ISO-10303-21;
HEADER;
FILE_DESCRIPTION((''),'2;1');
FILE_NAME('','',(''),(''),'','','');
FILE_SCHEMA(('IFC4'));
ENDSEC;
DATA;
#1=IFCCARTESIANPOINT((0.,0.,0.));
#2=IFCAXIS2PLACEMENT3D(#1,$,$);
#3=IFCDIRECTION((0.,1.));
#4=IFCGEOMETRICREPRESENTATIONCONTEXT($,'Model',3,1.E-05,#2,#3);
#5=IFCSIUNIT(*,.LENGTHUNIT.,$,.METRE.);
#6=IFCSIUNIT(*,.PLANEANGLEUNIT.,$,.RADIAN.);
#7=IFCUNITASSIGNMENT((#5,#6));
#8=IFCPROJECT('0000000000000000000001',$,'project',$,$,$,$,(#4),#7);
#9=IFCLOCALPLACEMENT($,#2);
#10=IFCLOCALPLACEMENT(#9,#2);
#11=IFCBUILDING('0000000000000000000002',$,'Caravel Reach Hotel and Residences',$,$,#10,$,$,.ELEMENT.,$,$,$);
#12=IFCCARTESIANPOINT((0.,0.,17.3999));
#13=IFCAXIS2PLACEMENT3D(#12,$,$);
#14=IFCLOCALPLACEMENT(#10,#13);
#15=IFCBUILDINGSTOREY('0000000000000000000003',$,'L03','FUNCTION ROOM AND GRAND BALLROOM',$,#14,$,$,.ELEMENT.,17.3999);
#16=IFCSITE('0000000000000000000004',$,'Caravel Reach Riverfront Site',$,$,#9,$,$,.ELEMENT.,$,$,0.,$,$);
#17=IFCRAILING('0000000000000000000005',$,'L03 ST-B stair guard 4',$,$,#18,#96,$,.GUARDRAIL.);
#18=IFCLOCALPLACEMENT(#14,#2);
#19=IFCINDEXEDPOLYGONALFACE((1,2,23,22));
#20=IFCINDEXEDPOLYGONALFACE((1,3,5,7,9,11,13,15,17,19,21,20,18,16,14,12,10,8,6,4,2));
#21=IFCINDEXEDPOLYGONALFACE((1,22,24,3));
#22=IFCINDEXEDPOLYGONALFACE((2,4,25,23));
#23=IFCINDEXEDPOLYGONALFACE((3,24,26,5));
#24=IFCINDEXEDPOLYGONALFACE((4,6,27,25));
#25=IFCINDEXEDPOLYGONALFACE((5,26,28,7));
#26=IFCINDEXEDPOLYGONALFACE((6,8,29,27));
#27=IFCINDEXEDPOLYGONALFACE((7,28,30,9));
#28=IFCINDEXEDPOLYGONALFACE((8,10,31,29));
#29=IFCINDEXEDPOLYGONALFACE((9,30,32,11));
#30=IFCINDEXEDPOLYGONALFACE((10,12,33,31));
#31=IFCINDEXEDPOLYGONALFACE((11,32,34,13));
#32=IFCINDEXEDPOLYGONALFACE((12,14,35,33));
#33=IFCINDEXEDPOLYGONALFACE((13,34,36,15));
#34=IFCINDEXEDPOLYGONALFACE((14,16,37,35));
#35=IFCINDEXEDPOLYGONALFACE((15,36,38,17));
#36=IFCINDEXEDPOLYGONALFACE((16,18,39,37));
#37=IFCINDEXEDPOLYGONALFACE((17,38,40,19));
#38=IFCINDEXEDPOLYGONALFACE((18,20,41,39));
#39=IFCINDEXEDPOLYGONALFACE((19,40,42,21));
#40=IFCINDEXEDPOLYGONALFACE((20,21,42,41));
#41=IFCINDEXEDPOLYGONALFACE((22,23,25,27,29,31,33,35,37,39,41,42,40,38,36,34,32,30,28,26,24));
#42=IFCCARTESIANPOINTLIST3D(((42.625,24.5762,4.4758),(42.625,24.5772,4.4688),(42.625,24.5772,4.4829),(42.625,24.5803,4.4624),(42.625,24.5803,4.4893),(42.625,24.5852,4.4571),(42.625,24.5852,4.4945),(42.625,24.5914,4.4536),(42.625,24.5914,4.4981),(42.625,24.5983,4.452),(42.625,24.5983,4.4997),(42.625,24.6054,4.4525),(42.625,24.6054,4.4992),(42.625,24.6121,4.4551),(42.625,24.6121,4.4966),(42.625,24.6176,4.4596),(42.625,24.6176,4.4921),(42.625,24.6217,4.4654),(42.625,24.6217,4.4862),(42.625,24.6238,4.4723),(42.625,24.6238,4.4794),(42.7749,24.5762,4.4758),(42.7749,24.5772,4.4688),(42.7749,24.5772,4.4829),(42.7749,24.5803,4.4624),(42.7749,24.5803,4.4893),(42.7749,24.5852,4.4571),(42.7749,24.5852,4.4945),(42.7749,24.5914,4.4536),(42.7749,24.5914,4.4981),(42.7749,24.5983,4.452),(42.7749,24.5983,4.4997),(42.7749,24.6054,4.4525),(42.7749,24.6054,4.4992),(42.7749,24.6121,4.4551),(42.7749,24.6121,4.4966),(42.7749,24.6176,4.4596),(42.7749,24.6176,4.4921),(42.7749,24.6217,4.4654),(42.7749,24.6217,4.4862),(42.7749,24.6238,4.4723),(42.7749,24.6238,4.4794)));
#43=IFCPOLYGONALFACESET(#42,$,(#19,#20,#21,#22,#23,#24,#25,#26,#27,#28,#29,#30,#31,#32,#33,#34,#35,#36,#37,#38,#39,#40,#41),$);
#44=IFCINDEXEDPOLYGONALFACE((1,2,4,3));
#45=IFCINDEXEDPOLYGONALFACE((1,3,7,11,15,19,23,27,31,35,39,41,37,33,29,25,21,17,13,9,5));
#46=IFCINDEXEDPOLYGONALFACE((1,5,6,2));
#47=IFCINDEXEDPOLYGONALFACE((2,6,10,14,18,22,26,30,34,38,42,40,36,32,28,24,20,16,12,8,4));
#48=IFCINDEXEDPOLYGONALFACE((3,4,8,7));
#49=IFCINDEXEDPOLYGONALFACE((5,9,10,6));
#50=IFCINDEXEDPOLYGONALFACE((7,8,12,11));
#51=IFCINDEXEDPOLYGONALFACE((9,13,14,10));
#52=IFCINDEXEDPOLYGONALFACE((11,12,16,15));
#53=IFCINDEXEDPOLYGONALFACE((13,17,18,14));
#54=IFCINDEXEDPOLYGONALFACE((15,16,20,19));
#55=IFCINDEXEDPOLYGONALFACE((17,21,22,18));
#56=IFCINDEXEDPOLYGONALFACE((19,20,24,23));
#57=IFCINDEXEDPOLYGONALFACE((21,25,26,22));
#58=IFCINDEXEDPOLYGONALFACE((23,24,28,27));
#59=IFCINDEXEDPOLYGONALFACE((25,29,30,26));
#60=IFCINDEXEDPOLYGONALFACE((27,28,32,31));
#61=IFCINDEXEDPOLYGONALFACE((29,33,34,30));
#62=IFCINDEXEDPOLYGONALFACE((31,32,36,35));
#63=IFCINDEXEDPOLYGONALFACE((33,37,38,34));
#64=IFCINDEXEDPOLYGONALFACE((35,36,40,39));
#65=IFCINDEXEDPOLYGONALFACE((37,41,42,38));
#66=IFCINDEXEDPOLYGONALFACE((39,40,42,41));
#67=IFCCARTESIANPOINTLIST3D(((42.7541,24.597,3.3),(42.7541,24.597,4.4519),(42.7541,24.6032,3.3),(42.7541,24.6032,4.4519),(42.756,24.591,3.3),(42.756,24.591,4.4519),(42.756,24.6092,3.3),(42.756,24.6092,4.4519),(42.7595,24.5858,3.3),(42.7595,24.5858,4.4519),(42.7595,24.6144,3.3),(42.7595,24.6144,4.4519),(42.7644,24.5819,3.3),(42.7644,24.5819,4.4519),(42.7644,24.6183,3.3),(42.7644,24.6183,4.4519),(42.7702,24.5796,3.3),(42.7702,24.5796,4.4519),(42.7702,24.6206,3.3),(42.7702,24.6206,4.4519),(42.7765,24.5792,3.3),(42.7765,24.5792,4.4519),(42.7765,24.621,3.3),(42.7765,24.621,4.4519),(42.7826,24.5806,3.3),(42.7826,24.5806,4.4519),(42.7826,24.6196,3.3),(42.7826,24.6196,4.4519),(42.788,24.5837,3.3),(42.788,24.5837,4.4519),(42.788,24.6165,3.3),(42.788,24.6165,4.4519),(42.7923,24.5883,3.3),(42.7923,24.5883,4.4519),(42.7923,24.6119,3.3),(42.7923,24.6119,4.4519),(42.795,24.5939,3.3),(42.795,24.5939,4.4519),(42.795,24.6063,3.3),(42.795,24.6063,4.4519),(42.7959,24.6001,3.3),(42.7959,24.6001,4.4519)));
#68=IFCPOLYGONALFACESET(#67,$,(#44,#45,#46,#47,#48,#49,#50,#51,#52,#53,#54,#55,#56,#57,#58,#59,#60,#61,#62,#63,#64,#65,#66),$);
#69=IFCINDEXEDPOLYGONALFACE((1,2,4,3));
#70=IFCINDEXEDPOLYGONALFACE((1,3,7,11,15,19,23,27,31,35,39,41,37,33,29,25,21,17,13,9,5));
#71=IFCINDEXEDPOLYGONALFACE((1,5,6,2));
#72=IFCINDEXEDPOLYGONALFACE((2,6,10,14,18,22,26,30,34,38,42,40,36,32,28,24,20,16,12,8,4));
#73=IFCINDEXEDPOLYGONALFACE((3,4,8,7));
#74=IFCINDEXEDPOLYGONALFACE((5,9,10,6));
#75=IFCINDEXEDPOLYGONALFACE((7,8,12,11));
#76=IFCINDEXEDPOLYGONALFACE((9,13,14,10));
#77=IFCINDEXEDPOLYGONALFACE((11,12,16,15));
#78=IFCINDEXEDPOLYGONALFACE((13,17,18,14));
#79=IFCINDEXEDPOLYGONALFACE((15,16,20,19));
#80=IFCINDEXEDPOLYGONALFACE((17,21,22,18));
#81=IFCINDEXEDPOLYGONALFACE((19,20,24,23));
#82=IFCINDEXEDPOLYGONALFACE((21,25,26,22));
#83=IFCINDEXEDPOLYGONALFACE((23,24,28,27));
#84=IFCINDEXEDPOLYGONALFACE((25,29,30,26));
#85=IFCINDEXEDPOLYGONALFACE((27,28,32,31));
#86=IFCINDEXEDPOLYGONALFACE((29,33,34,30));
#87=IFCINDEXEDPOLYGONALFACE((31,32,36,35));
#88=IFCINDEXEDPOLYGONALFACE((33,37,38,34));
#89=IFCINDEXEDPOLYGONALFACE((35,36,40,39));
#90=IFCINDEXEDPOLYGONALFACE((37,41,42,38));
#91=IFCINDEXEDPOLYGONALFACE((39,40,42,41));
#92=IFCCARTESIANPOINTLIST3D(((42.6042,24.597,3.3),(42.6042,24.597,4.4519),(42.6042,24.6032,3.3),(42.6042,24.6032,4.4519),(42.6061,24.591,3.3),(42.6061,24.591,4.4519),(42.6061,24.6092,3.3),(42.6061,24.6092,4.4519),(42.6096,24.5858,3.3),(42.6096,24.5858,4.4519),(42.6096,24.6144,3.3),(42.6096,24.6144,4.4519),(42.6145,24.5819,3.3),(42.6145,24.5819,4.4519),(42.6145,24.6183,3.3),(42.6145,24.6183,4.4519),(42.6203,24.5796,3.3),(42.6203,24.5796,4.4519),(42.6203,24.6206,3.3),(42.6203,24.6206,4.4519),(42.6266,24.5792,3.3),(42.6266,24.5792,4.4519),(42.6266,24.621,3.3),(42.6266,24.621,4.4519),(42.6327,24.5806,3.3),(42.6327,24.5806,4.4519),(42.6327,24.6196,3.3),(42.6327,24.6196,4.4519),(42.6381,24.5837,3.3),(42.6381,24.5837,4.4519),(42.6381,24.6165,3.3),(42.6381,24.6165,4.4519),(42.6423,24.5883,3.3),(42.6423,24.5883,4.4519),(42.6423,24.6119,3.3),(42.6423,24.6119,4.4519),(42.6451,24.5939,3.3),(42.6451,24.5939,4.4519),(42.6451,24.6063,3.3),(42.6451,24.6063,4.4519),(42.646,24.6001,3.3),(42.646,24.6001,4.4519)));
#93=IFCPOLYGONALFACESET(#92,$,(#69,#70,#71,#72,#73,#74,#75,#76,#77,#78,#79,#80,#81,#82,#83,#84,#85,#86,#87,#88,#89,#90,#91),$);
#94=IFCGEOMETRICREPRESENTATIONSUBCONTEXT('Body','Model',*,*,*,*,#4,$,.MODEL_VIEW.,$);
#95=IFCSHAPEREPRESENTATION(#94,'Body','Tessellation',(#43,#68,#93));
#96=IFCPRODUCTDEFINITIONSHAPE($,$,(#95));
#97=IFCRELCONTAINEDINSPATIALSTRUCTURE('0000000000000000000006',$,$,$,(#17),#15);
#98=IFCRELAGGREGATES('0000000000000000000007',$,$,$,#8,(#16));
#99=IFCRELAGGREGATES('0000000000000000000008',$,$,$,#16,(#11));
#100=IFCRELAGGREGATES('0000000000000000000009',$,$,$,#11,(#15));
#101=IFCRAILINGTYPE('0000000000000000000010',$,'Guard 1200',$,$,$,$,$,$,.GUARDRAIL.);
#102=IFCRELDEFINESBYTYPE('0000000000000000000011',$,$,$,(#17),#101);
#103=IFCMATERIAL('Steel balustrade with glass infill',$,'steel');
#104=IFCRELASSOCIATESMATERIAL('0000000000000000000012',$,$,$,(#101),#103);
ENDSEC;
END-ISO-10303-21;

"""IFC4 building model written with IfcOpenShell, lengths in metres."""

from ifc_helpers import new_model, si_unit, direction, frame, origin, origin_2d, place, context, subcontext, project, spatial, circle, extrude, material, type_object, element, save


model = new_model("IFC4")

# Units and contexts
model_context = context("Model", 3, precision=1e-05, world=origin(), true_north=direction((0.0, 1.0)))
body_context = subcontext(model_context, "Body", "Model", "MODEL_VIEW")
ifc_project = project(units=[si_unit("LENGTHUNIT", "METRE"), si_unit("PLANEANGLEUNIT", "RADIAN")], contexts=[model_context])

# Site, building, storey
site_placement = place(None, origin())
site = spatial("IfcSite", under=ifc_project, at=site_placement, Name="Caravel Reach Riverfront Site", CompositionType="ELEMENT", RefElevation=0.0)
building_placement = place(site_placement, origin())
building = spatial("IfcBuilding", under=site, at=building_placement, Name="Caravel Reach Hotel and Residences", CompositionType="ELEMENT")
storey_placement = place(building_placement, frame((0.0, 0.0, 17.3999)))
storey = spatial("IfcBuildingStorey", under=building, at=storey_placement, Name="L03", Description="FUNCTION ROOM AND GRAND BALLROOM", CompositionType="ELEMENT", Elevation=17.3999)

# Railing
ifc_material_1 = material(Name="Steel balustrade with glass infill", Category="steel")
railing_type_1 = type_object("IfcRailingType", Name="Guard 1200", PredefinedType="GUARDRAIL", material=ifc_material_1)
railing_1_placement = place(storey_placement, frame((42.7749, 24.6001, 3.3)))
element("IfcRailing", 1, at=railing_1_placement, inside=storey, type_object=railing_type_1, Name="L03 ST-B stair guard 4", PredefinedType="GUARDRAIL", context=body_context, shape_type="SweptSolid", body=[
    extrude(circle(Radius=0.0239, at=origin_2d()), frame((0.0, 0.0, 1.1758), z_axis=(-1.0, 0.0, 0.0), x_axis=(0.0, -1.0, 0.0)), (0.0, 0.0, 1.0), 0.1499),
    extrude(circle(Radius=0.021, at=origin_2d()), origin(), (0.0, 0.0, 1.0), 1.1519),
    extrude(circle(Radius=0.021, at=origin_2d()), frame((-0.1499, 0.0, 0.0)), (0.0, 0.0, 1.0), 1.1519),
])

save(model, "model.ifc")
